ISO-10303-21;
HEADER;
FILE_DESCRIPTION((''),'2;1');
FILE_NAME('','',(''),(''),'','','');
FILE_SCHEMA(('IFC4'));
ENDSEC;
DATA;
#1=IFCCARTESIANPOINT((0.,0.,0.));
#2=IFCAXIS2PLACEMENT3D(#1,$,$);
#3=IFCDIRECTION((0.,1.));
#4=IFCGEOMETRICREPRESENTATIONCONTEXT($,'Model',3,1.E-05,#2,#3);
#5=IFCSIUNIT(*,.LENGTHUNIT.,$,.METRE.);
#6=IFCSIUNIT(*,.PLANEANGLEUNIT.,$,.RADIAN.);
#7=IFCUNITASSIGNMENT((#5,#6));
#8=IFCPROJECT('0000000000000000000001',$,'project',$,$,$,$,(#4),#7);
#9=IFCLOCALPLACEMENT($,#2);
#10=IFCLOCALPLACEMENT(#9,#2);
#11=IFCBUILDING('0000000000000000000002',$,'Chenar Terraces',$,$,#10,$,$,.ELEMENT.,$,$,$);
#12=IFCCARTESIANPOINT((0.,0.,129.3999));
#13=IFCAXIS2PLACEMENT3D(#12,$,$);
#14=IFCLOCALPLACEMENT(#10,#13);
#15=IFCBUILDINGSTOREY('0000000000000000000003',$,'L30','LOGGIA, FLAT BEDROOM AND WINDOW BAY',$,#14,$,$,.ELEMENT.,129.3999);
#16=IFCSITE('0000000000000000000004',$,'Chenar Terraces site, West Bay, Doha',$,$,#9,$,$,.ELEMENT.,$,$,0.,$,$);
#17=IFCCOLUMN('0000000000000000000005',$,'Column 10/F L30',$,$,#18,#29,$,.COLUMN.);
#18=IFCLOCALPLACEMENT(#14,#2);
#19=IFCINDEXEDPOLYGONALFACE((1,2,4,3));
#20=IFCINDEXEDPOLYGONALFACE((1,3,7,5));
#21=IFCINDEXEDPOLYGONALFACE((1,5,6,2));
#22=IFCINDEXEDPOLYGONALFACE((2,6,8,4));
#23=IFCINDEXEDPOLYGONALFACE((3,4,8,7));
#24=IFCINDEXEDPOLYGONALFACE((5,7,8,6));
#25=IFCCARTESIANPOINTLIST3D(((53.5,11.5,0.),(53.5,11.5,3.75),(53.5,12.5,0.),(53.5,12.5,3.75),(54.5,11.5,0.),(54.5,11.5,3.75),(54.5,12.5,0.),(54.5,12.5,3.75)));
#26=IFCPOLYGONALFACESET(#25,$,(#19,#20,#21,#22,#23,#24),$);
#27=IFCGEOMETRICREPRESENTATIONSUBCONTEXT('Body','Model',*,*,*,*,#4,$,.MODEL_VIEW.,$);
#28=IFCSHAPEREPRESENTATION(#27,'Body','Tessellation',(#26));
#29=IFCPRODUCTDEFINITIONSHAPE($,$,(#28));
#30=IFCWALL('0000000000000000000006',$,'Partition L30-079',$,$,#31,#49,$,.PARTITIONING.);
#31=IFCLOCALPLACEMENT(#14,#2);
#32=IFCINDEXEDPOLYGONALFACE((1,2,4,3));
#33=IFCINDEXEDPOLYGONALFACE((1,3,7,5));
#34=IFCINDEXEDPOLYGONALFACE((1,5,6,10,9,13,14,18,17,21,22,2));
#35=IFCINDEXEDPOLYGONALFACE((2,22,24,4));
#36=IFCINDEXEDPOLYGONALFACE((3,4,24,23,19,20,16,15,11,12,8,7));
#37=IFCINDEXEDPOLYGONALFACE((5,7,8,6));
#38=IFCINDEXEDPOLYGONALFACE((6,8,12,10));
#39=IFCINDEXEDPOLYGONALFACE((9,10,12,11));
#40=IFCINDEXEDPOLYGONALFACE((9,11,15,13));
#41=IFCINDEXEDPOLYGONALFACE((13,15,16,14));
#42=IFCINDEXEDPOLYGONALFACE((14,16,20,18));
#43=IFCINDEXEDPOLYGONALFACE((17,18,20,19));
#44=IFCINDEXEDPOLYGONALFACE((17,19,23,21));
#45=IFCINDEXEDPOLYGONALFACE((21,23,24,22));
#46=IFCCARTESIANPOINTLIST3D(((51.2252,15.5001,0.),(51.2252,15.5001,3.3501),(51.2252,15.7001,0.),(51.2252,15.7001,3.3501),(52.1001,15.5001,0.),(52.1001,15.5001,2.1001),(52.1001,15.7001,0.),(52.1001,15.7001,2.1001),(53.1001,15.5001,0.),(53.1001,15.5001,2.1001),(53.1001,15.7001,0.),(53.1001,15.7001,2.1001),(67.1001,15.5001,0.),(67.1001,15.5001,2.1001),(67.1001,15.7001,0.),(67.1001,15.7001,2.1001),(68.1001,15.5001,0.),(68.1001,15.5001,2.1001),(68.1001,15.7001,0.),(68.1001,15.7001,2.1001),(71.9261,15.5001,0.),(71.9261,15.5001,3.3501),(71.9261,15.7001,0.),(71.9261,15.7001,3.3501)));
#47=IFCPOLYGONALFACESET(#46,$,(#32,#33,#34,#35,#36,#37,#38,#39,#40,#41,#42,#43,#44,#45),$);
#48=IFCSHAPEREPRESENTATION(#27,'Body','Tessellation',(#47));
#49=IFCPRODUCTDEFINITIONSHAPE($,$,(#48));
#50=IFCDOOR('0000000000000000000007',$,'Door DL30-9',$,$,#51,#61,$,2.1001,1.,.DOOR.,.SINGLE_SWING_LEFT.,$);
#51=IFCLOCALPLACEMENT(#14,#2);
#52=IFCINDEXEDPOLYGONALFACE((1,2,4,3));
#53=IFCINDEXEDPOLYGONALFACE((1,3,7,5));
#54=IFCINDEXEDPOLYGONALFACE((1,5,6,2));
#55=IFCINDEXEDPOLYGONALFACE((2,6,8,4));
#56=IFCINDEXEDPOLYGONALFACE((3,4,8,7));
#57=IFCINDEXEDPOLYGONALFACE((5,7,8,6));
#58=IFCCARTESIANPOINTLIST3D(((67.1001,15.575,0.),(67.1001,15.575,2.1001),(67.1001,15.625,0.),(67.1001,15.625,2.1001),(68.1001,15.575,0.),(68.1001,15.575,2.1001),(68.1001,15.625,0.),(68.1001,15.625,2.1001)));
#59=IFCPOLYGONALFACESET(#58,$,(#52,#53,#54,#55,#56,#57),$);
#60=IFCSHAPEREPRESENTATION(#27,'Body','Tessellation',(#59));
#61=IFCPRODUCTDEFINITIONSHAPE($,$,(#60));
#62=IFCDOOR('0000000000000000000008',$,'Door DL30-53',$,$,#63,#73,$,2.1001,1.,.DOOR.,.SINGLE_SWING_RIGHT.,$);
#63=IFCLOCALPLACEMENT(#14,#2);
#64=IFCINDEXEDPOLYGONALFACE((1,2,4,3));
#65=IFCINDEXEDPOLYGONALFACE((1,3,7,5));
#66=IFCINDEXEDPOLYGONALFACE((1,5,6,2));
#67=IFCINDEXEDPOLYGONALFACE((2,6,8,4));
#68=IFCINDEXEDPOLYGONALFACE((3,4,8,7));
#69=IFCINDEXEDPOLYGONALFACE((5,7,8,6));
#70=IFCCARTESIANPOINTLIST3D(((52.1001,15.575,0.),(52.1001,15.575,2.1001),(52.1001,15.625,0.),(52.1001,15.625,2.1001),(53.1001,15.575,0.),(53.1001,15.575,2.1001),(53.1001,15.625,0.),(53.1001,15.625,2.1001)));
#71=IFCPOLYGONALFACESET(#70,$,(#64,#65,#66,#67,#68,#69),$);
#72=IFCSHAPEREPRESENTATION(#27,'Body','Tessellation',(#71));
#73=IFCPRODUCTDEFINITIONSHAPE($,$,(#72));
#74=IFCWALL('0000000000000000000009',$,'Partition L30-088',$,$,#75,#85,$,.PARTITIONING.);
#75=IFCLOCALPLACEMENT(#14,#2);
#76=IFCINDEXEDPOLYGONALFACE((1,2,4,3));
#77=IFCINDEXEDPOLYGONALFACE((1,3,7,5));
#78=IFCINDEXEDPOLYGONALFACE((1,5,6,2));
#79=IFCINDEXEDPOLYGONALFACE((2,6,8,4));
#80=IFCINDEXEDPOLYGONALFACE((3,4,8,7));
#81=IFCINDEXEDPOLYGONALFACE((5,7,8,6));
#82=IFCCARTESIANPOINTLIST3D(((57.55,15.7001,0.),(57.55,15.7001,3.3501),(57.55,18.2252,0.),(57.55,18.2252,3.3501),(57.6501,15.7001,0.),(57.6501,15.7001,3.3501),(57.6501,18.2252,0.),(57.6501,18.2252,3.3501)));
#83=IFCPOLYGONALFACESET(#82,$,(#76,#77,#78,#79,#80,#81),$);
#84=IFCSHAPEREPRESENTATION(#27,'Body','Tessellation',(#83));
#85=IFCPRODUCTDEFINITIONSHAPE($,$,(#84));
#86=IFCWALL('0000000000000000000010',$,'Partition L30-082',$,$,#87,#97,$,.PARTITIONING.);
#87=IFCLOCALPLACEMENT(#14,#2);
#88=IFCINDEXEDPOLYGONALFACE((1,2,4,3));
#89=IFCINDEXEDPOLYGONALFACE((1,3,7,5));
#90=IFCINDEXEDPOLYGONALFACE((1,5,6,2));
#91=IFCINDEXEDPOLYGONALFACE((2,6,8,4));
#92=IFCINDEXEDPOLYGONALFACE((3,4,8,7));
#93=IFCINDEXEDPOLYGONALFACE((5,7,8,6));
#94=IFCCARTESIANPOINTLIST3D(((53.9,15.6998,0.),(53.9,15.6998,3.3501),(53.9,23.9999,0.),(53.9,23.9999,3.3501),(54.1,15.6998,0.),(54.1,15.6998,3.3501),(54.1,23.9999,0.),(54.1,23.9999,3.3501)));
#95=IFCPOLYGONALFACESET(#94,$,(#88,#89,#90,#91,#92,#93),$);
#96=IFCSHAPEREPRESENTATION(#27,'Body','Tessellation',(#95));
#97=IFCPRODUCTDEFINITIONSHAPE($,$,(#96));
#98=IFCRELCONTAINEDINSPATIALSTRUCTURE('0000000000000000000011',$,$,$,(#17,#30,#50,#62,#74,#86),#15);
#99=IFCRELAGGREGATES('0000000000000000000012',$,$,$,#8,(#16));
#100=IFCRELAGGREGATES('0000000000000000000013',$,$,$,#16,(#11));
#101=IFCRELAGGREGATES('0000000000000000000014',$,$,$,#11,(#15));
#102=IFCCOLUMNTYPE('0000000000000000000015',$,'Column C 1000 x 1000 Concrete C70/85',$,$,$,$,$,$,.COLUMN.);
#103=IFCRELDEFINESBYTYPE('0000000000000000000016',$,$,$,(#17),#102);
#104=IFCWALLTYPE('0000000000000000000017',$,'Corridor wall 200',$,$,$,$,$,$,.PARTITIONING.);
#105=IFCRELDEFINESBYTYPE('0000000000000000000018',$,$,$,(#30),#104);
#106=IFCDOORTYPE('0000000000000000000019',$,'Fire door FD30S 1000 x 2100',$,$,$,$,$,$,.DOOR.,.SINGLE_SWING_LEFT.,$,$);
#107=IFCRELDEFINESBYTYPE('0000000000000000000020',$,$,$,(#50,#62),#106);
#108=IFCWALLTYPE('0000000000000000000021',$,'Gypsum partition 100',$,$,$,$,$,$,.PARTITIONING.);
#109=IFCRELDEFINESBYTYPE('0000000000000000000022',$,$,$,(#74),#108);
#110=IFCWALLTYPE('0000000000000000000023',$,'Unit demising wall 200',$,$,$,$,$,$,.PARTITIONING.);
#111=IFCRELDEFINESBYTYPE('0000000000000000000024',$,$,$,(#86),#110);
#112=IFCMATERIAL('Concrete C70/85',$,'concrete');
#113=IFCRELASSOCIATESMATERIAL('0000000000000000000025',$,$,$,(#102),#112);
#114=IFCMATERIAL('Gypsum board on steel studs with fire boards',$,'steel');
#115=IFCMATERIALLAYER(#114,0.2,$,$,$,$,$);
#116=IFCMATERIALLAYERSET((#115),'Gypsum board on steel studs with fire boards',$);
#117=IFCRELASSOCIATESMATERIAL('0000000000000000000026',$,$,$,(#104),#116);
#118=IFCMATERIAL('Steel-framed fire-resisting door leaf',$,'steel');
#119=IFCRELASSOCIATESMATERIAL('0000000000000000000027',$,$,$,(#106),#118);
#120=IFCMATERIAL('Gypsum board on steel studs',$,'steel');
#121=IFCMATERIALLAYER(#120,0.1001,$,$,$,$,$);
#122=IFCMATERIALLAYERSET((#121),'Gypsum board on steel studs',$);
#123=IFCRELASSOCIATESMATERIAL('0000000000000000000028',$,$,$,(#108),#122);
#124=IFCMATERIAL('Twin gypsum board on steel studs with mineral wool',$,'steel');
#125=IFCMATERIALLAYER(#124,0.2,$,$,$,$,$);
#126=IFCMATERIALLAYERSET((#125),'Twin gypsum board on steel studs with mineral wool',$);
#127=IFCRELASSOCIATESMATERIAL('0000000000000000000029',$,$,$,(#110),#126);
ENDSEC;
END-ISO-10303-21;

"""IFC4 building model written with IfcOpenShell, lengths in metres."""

from ifc_helpers import new_model, si_unit, direction, frame, frame_2d, origin, origin_2d, place, context, subcontext, project, spatial, rectangle, extrude, material, layer, layer_set, material_profile, profile_set, type_object, element, fill, save


model = new_model("IFC4")

# Units and contexts
model_context = context("Model", 3, precision=1e-05, world=origin(), true_north=direction((0.0, 1.0)))
body_context = subcontext(model_context, "Body", "Model", "MODEL_VIEW")
ifc_project = project(units=[si_unit("LENGTHUNIT", "METRE"), si_unit("PLANEANGLEUNIT", "RADIAN")], contexts=[model_context])

# Site, building, storey
site_placement = place(None, origin())
site = spatial("IfcSite", under=ifc_project, at=site_placement, Name="Chenar Terraces site, West Bay, Doha", CompositionType="ELEMENT", RefElevation=0.0)
building_placement = place(site_placement, origin())
building = spatial("IfcBuilding", under=site, at=building_placement, Name="Chenar Terraces", CompositionType="ELEMENT")
storey_placement = place(building_placement, frame((0.0, 0.0, 129.3999)))
storey = spatial("IfcBuildingStorey", under=building, at=storey_placement, Name="L30", Description="LOGGIA, FLAT BEDROOM AND WINDOW BAY", CompositionType="ELEMENT", Elevation=129.3999)

# Column
ifc_material_1 = material(Name="Concrete C70/85", Category="concrete")
ifc_material_profile = material_profile(ifc_material_1, rectangle(XDim=1.0, YDim=1.0, at=origin_2d()), Name="C 1000 x 1000")
ifc_profile_set = profile_set([ifc_material_profile], Name="Concrete C70/85")
column_type = type_object("IfcColumnType", Name="Column C 1000 x 1000 Concrete C70/85", PredefinedType="COLUMN", material=ifc_profile_set)
column_placement = place(storey_placement, frame((54.0, 12.0, 0.0), z_axis=(0.0, 0.0, 1.0), x_axis=(1.0, 0.0, 0.0)))
element("IfcColumn", 1, at=column_placement, inside=storey, type_object=column_type, Name="Column 10/F L30", PredefinedType="COLUMN", context=body_context, shape_type="SweptSolid", body=[
    extrude(rectangle(XDim=1.0, YDim=1.0, at=origin_2d()), origin(), (0.0, 0.0, 1.0), 3.75),
])

# Wall, openings, doors
ifc_material_2 = material(Name="Gypsum board on steel studs with fire boards", Category="steel")
ifc_layer_1 = layer(ifc_material_2, 0.2)
ifc_layer_set_1 = layer_set([ifc_layer_1], Name="Gypsum board on steel studs with fire boards")
wall_type_1 = type_object("IfcWallType", Name="Corridor wall 200", PredefinedType="PARTITIONING", material=ifc_layer_set_1)
wall_1_placement = place(storey_placement, frame((51.2251, 15.6001, 0.0), z_axis=(0.0, 0.0, 1.0), x_axis=(1.0, 0.0, 0.0)))
wall_1 = element("IfcWall", 2, at=wall_1_placement, inside=storey, type_object=wall_type_1, Name="Partition L30-079", PredefinedType="PARTITIONING", context=body_context, shape_type="SweptSolid", body=[
    extrude(rectangle(XDim=20.7009, YDim=0.2, at=frame_2d((10.3506, 0.0))), origin(), (0.0, 0.0, 1.0), 3.3501),
])
opening_1_placement = place(wall_1_placement, frame((15.875, 0.0, 0.0)))
opening_1 = element("IfcOpeningElement", 3, at=opening_1_placement, cuts=wall_1, PredefinedType="OPENING", context=body_context, shape_type="SweptSolid", body=[
    extrude(rectangle(XDim=1.0, YDim=2.1001, at=frame_2d((0.5, 1.05))), frame((0.0, 0.1099, 0.0), z_axis=(0.0, -1.0, 0.0), x_axis=(1.0, 0.0, 0.0)), (0.0, 0.0, 1.0), 0.22),
])
opening_2_placement = place(wall_1_placement, frame((0.875, 0.0, 0.0)))
opening_2 = element("IfcOpeningElement", 4, at=opening_2_placement, cuts=wall_1, PredefinedType="OPENING", context=body_context, shape_type="SweptSolid", body=[
    extrude(rectangle(XDim=1.0, YDim=2.1001, at=frame_2d((0.5, 1.05))), frame((0.0, 0.1099, 0.0), z_axis=(0.0, -1.0, 0.0), x_axis=(1.0, 0.0, 0.0)), (0.0, 0.0, 1.0), 0.22),
])
ifc_material_3 = material(Name="Steel-framed fire-resisting door leaf", Category="steel")
door_type_1 = type_object("IfcDoorType", Name="Fire door FD30S 1000 x 2100", OperationType="SINGLE_SWING_LEFT", PredefinedType="DOOR", material=ifc_material_3)
door_1_placement = place(opening_1_placement, origin())
door_1 = element("IfcDoor", 5, at=door_1_placement, inside=storey, type_object=door_type_1, Name="Door DL30-9", OperationType="SINGLE_SWING_LEFT", OverallHeight=2.1001, OverallWidth=1.0, PredefinedType="DOOR", context=body_context, shape_type="SweptSolid", body=[
    extrude(rectangle(XDim=1.0, YDim=2.1001, at=frame_2d((0.5, 1.05))), frame((0.0, 0.0249, 0.0), z_axis=(0.0, -1.0, 0.0), x_axis=(1.0, 0.0, 0.0)), (0.0, 0.0, 1.0), 0.05),
])
fill(opening_1, door_1)
door_2_placement = place(opening_2_placement, origin())
door_2 = element("IfcDoor", 6, at=door_2_placement, inside=storey, type_object=door_type_1, Name="Door DL30-53", OperationType="SINGLE_SWING_RIGHT", OverallHeight=2.1001, OverallWidth=1.0, PredefinedType="DOOR", context=body_context, shape_type="SweptSolid", body=[
    extrude(rectangle(XDim=1.0, YDim=2.1001, at=frame_2d((0.5, 1.05))), frame((0.0, 0.0249, 0.0), z_axis=(0.0, -1.0, 0.0), x_axis=(1.0, 0.0, 0.0)), (0.0, 0.0, 1.0), 0.05),
])
fill(opening_2, door_2)

# Walls
ifc_material_4 = material(Name="Gypsum board on steel studs", Category="steel")
ifc_layer_2 = layer(ifc_material_4, 0.1001)
ifc_layer_set_2 = layer_set([ifc_layer_2], Name="Gypsum board on steel studs")
wall_type_2 = type_object("IfcWallType", Name="Gypsum partition 100", PredefinedType="PARTITIONING", material=ifc_layer_set_2)
wall_2_placement = place(storey_placement, frame((57.6001, 15.7, 0.0), z_axis=(0.0, 0.0, 1.0), x_axis=(0.0, 1.0, 0.0)))
element("IfcWall", 7, at=wall_2_placement, inside=storey, type_object=wall_type_2, Name="Partition L30-088", PredefinedType="PARTITIONING", context=body_context, shape_type="SweptSolid", body=[
    extrude(rectangle(XDim=2.5251, YDim=0.1001, at=frame_2d((1.2627, 0.0))), origin(), (0.0, 0.0, 1.0), 3.3501),
])
ifc_material_5 = material(Name="Twin gypsum board on steel studs with mineral wool", Category="steel")
ifc_layer_3 = layer(ifc_material_5, 0.2)
ifc_layer_set_3 = layer_set([ifc_layer_3], Name="Twin gypsum board on steel studs with mineral wool")
wall_type_3 = type_object("IfcWallType", Name="Unit demising wall 200", PredefinedType="PARTITIONING", material=ifc_layer_set_3)
wall_3_placement = place(storey_placement, frame((54.0, 15.7, 0.0), z_axis=(0.0, 0.0, 1.0), x_axis=(0.0, 1.0, 0.0)))
element("IfcWall", 8, at=wall_3_placement, inside=storey, type_object=wall_type_3, Name="Partition L30-082", PredefinedType="PARTITIONING", context=body_context, shape_type="SweptSolid", body=[
    extrude(rectangle(XDim=8.3, YDim=0.2, at=frame_2d((4.1499, 0.0))), origin(), (0.0, 0.0, 1.0), 3.3501),
])

save(model, "model.ifc")
